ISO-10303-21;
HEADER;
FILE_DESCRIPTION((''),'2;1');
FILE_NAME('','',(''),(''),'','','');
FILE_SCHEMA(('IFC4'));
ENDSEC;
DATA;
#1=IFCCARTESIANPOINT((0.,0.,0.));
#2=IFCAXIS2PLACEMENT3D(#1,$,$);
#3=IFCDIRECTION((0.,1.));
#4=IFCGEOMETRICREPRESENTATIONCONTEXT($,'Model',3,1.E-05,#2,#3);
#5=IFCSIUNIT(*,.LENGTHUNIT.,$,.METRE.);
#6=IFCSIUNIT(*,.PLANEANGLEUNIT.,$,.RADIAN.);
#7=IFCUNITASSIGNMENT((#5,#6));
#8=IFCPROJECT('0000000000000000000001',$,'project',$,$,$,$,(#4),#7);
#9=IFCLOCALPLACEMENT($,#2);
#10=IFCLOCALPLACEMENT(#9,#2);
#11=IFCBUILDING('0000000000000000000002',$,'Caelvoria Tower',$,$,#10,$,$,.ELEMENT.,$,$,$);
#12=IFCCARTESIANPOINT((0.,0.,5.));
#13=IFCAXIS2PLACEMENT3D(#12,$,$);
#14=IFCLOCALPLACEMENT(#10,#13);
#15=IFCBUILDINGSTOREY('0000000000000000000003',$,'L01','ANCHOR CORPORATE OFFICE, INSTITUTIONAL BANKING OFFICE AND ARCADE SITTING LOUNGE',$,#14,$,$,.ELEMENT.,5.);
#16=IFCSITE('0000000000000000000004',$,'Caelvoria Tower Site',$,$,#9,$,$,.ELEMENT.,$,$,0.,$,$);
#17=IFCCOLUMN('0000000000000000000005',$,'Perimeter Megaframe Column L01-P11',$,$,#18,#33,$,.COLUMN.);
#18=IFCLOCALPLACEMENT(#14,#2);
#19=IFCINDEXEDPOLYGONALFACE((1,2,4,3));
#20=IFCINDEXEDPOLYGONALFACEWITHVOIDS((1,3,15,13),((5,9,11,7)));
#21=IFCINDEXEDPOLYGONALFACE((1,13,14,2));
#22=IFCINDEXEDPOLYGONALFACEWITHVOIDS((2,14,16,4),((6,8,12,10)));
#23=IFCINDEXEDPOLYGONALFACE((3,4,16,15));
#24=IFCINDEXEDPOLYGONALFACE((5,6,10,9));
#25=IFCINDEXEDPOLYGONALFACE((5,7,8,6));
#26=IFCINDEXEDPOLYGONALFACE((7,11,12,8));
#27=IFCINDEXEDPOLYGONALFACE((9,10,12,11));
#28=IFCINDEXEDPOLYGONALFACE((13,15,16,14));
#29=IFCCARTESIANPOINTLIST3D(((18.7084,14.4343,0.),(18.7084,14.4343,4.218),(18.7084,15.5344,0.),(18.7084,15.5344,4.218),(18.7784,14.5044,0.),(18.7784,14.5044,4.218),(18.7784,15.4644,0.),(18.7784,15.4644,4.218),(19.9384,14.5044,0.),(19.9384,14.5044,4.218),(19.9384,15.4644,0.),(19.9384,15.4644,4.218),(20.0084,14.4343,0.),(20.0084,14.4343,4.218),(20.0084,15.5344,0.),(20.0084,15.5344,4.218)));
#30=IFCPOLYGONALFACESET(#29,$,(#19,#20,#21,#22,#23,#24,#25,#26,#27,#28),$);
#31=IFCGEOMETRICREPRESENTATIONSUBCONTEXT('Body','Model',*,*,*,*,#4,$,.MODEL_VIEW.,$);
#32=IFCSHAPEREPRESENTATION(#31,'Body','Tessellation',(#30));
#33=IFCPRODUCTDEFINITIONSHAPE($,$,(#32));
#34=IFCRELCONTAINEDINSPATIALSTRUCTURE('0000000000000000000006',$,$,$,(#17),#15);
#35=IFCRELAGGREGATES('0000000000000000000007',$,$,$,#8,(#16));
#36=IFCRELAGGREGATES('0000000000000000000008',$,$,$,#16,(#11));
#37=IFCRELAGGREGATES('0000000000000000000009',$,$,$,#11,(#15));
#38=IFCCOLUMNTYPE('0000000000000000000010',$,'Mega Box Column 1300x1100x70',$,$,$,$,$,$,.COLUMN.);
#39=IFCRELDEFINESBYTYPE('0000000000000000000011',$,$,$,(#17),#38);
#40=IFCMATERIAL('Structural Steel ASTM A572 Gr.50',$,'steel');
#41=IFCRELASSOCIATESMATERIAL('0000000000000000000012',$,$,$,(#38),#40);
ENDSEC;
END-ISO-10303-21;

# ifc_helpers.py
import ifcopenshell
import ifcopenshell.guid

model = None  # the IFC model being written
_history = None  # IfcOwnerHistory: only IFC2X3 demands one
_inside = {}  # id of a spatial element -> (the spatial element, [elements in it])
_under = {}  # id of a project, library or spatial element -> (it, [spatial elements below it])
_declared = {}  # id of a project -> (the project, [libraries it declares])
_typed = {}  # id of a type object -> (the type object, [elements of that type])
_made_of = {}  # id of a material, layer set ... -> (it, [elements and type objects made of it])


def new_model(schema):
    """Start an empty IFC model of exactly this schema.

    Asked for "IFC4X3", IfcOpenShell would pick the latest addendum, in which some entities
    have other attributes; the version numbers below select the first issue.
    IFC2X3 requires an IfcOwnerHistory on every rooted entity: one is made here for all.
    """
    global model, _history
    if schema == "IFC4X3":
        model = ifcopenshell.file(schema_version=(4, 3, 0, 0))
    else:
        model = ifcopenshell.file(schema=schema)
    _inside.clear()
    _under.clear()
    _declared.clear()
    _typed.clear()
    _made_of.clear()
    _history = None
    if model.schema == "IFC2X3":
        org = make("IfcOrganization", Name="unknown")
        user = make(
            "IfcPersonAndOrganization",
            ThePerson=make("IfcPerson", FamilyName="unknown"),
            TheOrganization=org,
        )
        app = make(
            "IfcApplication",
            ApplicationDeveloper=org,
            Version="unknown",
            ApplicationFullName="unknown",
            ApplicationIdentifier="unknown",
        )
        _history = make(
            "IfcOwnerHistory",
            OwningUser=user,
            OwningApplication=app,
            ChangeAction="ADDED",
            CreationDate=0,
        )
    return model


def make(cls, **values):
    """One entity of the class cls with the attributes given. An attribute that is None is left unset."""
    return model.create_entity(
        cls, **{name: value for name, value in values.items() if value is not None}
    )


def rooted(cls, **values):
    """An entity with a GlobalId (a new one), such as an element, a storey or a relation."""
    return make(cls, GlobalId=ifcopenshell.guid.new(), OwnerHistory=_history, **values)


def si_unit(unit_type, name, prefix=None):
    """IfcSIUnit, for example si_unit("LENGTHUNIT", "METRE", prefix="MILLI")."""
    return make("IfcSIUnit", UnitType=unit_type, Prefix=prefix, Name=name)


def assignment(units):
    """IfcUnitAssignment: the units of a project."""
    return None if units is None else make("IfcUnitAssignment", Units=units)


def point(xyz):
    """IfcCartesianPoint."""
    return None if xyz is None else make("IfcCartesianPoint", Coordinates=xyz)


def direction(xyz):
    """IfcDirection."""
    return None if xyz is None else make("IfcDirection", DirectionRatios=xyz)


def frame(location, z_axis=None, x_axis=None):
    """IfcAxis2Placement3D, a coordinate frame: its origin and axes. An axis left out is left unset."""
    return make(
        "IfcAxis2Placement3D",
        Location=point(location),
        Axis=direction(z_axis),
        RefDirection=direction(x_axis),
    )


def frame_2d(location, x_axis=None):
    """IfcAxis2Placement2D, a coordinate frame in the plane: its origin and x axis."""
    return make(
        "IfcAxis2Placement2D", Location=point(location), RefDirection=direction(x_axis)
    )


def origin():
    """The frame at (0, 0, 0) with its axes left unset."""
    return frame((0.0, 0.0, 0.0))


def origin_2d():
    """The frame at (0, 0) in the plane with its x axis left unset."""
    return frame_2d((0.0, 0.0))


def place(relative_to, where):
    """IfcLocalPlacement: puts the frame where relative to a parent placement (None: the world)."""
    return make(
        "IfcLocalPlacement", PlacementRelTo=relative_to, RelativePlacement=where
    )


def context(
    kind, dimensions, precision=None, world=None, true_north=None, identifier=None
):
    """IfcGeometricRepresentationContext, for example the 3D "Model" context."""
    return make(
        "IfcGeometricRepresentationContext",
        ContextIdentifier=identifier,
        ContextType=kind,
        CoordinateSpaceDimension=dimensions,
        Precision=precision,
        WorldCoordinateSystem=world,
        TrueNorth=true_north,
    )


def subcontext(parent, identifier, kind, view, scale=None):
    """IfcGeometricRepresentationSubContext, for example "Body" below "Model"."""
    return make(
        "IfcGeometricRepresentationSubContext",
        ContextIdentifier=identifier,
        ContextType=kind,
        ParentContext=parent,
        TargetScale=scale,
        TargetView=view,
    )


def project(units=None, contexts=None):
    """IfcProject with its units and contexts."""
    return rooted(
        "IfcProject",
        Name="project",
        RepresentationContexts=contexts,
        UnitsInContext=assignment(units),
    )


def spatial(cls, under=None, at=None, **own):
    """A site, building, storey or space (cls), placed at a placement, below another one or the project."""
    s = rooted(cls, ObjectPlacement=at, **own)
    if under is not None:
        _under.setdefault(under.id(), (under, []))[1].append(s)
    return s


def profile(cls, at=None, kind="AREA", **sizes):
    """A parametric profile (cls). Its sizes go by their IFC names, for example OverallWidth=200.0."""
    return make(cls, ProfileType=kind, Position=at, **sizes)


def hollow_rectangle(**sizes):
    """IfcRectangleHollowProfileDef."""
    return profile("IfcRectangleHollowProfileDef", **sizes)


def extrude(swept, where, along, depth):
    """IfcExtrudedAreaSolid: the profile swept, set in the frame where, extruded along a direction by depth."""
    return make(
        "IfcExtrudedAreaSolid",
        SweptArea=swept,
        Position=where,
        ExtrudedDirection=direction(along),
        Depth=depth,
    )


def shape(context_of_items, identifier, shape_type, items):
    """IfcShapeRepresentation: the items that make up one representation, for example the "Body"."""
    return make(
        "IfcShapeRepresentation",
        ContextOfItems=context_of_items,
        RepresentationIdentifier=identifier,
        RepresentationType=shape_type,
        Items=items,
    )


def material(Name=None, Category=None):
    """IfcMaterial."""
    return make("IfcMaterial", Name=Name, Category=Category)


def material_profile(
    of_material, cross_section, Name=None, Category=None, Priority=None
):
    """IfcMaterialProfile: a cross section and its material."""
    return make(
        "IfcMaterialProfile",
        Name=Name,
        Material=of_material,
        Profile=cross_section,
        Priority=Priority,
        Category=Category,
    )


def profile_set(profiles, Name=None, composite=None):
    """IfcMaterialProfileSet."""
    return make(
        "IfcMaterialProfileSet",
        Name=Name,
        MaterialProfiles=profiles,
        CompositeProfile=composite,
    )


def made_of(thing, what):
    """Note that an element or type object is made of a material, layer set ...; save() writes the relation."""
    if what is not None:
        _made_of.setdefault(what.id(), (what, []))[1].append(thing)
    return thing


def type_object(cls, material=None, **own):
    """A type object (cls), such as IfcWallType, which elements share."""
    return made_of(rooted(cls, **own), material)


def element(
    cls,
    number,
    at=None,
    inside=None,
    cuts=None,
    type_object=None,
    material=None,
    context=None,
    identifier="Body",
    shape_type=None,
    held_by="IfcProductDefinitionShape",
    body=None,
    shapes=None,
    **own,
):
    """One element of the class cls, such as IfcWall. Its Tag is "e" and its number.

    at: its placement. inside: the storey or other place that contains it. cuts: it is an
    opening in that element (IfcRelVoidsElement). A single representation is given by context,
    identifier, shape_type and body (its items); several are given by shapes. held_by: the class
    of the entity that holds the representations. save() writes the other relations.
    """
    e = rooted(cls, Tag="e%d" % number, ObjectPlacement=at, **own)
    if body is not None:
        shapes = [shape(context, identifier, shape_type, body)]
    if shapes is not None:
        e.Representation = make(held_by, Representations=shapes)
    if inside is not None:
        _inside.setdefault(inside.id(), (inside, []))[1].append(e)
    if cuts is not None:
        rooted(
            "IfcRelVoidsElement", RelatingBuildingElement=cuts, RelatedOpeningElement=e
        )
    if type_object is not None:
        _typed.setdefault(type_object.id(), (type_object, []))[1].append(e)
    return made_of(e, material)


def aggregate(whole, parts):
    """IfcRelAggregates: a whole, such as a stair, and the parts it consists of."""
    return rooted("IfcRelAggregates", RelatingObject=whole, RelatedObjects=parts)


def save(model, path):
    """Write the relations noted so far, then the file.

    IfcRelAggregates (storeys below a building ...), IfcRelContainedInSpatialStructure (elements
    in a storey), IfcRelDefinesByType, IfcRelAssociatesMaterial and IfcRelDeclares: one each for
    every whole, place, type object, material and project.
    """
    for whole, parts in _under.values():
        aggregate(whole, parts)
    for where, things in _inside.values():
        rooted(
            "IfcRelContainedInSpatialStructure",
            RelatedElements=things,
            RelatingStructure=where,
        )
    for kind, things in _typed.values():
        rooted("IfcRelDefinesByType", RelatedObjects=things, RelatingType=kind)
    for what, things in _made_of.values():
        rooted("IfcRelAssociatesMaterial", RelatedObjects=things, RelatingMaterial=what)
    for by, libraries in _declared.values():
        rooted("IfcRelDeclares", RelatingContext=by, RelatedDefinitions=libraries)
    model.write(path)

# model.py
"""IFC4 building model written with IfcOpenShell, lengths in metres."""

from ifc_helpers import new_model, si_unit, direction, frame, origin, origin_2d, place, context, subcontext, project, spatial, hollow_rectangle, extrude, material, material_profile, profile_set, type_object, element, save


model = new_model("IFC4")

# Units and contexts
model_context = context("Model", 3, precision=1e-05, world=origin(), true_north=direction((0.0, 1.0)))
body_context = subcontext(model_context, "Body", "Model", "MODEL_VIEW")
ifc_project = project(units=[si_unit("LENGTHUNIT", "METRE"), si_unit("PLANEANGLEUNIT", "RADIAN")], contexts=[model_context])

# Site, building, storey
site_placement = place(None, origin())
site = spatial("IfcSite", under=ifc_project, at=site_placement, Name="Caelvoria Tower Site", CompositionType="ELEMENT", RefElevation=0.0)
building_placement = place(site_placement, origin())
building = spatial("IfcBuilding", under=site, at=building_placement, Name="Caelvoria Tower", CompositionType="ELEMENT")
storey_placement = place(building_placement, frame((0.0, 0.0, 5.0)))
storey = spatial("IfcBuildingStorey", under=building, at=storey_placement, Name="L01", Description="ANCHOR CORPORATE OFFICE, INSTITUTIONAL BANKING OFFICE AND ARCADE SITTING LOUNGE", CompositionType="ELEMENT", Elevation=5.0)

# Column
ifc_material_1 = material(Name="Structural Steel ASTM A572 Gr.50", Category="steel")
ifc_material_profile = material_profile(ifc_material_1, hollow_rectangle(XDim=1.1001, YDim=1.3, WallThickness=0.0701, at=origin_2d()), Name="Structural Steel ASTM A572 Gr.50")
ifc_profile_set = profile_set([ifc_material_profile], Name="BOX1300X1100X70 - Structural Steel ASTM A572 Gr.50")
column_type = type_object("IfcColumnType", Name="Mega Box Column 1300x1100x70", PredefinedType="COLUMN", material=ifc_profile_set)
column_placement = place(storey_placement, frame((19.3584, 14.9844, 0.0), z_axis=(0.0, 0.0, 1.0), x_axis=(0.0, 1.0, 0.0)))
element("IfcColumn", 1, at=column_placement, inside=storey, type_object=column_type, Name="Perimeter Megaframe Column L01-P11", PredefinedType="COLUMN", context=body_context, shape_type="SweptSolid", body=[
    extrude(hollow_rectangle(XDim=1.1001, YDim=1.3, WallThickness=0.0701, at=origin_2d()), origin(), (0.0, 0.0, 1.0), 4.218),
])

save(model, "model.ifc")
